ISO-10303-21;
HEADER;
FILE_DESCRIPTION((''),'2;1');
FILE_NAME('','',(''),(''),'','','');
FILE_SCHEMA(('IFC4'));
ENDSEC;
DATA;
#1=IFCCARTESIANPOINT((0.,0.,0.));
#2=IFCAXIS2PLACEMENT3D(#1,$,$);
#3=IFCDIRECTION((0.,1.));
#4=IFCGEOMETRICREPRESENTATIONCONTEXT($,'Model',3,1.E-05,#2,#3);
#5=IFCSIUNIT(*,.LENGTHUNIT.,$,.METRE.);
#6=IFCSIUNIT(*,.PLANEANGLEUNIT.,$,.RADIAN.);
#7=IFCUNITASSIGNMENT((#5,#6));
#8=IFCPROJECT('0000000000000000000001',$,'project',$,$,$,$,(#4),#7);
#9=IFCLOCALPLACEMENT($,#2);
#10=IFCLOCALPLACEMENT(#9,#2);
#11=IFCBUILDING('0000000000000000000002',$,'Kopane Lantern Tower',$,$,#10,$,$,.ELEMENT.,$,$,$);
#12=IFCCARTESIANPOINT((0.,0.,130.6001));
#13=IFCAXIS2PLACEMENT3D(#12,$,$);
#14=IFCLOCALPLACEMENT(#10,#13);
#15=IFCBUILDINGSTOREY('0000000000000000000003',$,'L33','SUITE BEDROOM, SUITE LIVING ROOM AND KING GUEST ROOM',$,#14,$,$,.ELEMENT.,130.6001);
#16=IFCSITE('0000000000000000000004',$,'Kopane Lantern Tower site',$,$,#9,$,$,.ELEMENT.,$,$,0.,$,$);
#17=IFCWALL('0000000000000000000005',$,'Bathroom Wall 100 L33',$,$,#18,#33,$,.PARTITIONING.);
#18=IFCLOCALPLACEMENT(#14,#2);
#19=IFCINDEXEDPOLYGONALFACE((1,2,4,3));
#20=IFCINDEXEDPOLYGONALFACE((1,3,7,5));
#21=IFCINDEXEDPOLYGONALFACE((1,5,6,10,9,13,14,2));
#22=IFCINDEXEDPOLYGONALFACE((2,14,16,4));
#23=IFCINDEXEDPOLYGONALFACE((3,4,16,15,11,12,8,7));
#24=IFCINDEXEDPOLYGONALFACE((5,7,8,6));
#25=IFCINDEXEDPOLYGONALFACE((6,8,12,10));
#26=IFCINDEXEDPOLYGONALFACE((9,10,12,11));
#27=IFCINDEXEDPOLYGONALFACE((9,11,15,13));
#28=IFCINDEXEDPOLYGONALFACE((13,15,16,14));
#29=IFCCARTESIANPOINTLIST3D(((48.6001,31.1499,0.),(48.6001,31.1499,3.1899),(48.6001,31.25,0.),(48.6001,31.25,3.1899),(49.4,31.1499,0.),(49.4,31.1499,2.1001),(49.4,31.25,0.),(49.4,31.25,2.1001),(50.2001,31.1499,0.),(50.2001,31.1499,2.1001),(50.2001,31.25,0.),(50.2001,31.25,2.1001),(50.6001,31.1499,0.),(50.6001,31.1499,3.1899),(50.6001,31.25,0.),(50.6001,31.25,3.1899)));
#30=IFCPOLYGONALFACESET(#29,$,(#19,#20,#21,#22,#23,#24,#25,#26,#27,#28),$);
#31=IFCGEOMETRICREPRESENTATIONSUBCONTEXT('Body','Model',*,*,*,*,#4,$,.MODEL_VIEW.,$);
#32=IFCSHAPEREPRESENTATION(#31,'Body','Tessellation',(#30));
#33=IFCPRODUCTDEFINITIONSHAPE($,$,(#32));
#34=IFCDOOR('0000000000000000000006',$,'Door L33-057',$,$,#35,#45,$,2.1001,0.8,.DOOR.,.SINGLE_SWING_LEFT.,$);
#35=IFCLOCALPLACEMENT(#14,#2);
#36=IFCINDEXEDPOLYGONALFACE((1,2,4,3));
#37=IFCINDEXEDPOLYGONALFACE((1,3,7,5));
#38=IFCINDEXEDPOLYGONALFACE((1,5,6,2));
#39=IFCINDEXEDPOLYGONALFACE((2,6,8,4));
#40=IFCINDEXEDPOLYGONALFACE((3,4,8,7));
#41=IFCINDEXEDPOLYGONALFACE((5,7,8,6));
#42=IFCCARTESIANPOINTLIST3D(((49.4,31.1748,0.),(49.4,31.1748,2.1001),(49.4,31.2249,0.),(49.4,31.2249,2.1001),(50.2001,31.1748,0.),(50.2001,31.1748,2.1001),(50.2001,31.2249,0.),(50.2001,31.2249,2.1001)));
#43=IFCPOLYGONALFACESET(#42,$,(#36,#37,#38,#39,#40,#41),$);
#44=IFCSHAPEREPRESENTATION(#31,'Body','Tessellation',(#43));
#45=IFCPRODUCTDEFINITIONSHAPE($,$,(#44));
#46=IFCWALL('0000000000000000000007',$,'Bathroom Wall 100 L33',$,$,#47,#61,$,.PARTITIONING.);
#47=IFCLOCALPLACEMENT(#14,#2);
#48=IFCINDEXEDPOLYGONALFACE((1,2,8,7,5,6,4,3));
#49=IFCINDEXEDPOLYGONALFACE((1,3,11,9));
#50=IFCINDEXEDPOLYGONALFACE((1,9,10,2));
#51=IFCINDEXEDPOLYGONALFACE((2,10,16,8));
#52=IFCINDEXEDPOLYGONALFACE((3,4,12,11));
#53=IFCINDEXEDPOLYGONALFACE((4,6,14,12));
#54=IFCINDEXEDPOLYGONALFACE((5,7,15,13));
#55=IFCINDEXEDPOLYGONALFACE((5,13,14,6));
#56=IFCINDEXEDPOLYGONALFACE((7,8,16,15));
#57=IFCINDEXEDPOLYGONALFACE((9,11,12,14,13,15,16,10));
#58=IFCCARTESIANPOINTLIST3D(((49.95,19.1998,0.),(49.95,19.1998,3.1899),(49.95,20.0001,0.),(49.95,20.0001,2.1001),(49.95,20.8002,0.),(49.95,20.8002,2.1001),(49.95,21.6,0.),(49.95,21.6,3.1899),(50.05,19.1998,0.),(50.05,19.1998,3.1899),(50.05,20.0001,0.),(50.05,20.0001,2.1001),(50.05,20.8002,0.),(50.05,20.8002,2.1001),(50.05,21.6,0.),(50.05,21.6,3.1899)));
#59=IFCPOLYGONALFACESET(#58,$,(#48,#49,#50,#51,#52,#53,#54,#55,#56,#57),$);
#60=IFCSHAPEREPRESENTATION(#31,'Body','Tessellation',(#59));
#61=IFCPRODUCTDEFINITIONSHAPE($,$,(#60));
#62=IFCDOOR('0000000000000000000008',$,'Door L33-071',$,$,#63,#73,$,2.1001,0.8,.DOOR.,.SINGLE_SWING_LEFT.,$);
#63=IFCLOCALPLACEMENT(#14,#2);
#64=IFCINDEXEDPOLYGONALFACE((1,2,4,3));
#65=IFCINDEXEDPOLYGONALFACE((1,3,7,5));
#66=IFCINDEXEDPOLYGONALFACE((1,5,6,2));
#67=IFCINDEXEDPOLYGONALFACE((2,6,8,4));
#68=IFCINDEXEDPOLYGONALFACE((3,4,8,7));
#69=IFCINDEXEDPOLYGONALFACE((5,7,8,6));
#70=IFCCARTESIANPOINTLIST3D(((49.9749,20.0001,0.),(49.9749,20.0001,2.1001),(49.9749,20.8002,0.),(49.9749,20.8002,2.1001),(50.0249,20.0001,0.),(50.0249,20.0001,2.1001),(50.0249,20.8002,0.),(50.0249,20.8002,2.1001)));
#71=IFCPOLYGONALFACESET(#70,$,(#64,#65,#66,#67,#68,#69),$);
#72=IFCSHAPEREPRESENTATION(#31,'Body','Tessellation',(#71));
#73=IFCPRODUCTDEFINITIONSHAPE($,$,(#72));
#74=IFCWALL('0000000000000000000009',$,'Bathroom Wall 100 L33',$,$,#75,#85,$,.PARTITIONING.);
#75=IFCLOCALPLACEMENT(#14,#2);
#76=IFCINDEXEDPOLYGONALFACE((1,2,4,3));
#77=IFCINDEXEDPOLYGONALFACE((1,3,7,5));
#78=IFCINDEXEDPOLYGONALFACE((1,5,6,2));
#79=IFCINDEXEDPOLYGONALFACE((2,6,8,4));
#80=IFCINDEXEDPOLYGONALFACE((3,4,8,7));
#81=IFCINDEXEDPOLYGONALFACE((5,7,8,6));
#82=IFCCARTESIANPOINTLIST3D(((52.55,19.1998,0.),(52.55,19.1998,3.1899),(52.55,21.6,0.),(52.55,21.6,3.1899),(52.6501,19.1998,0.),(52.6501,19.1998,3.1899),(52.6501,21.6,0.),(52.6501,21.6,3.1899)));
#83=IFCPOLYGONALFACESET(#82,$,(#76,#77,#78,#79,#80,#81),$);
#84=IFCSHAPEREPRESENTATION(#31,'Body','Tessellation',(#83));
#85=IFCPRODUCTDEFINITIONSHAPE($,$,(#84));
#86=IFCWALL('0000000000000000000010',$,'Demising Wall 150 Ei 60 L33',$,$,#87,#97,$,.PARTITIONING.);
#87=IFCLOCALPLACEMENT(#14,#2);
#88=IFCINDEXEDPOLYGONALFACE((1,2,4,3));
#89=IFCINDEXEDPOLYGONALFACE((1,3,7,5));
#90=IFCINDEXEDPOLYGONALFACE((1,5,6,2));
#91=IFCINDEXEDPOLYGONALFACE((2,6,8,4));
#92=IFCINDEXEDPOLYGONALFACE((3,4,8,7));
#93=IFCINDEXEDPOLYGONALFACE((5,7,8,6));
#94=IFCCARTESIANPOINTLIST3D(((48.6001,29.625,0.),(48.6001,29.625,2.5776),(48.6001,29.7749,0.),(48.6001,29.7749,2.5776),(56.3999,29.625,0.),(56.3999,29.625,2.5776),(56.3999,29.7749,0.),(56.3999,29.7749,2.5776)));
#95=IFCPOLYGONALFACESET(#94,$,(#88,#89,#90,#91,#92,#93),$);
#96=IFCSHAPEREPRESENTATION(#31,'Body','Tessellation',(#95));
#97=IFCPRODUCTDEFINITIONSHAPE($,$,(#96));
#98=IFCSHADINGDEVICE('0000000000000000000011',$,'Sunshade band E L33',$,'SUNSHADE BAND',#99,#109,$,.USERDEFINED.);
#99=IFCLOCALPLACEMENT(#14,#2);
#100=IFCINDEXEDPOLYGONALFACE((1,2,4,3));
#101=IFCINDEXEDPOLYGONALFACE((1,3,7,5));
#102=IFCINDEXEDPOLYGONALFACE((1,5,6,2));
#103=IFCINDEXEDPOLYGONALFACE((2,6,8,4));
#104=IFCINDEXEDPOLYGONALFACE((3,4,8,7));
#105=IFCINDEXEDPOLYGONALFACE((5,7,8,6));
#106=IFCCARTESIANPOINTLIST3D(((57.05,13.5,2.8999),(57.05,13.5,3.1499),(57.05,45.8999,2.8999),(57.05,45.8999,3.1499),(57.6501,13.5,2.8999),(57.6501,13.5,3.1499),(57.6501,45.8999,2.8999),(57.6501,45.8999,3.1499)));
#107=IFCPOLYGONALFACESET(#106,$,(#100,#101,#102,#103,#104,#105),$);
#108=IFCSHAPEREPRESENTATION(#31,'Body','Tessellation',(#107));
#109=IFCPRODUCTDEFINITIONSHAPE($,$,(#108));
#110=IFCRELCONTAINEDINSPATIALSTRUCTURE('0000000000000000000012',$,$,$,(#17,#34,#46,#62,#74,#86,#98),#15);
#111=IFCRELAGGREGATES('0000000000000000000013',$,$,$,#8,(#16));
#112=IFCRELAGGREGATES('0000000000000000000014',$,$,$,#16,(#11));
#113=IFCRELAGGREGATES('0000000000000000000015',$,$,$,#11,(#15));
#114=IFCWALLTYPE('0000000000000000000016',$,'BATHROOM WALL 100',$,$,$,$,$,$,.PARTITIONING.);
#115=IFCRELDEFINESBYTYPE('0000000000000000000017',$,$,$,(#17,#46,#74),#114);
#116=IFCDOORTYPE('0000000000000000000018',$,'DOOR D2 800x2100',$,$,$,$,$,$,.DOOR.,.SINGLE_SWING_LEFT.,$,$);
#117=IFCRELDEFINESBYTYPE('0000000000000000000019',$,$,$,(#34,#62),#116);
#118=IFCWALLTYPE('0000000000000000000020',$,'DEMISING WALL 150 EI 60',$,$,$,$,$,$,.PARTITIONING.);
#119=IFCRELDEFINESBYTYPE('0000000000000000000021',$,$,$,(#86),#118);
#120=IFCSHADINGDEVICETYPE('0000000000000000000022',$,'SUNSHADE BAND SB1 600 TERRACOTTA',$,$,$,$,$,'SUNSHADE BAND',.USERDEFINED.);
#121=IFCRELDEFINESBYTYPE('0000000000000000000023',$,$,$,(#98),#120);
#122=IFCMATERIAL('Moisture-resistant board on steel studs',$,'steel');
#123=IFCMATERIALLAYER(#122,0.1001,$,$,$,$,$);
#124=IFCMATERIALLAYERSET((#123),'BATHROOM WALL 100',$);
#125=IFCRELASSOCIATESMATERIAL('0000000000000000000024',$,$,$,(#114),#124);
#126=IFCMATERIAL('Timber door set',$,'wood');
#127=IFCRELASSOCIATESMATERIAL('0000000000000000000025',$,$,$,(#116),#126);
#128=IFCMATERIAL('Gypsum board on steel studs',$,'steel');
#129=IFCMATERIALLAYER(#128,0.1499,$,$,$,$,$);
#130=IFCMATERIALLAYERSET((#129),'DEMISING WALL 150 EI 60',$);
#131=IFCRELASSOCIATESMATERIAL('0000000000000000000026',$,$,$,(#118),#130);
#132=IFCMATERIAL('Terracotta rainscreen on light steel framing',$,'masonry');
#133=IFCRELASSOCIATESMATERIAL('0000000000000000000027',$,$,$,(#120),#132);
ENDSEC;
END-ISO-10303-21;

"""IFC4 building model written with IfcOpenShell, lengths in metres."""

from ifc_helpers import new_model, si_unit, direction, frame, frame_2d, origin, origin_2d, place, context, subcontext, project, spatial, rectangle, extrude, material, layer, layer_set, type_object, element, fill, save


model = new_model("IFC4")

# Units and contexts
model_context = context("Model", 3, precision=1e-05, world=origin(), true_north=direction((0.0, 1.0)))
body_context = subcontext(model_context, "Body", "Model", "MODEL_VIEW")
ifc_project = project(units=[si_unit("LENGTHUNIT", "METRE"), si_unit("PLANEANGLEUNIT", "RADIAN")], contexts=[model_context])

# Site, building, storey
site_placement = place(None, origin())
site = spatial("IfcSite", under=ifc_project, at=site_placement, Name="Kopane Lantern Tower site", CompositionType="ELEMENT", RefElevation=0.0)
building_placement = place(site_placement, origin())
building = spatial("IfcBuilding", under=site, at=building_placement, Name="Kopane Lantern Tower", CompositionType="ELEMENT")
storey_placement = place(building_placement, frame((0.0, 0.0, 130.6001)))
storey = spatial("IfcBuildingStorey", under=building, at=storey_placement, Name="L33", Description="SUITE BEDROOM, SUITE LIVING ROOM AND KING GUEST ROOM", CompositionType="ELEMENT", Elevation=130.6001)

# Shared definitions
ifc_material_1 = material(Name="Moisture-resistant board on steel studs", Category="steel")
ifc_layer_1 = layer(ifc_material_1, 0.1001)
ifc_layer_set_1 = layer_set([ifc_layer_1], Name="BATHROOM WALL 100")
wall_type_1 = type_object("IfcWallType", Name="BATHROOM WALL 100", PredefinedType="PARTITIONING", material=ifc_layer_set_1)

# Walls, openings, doors
wall_1_placement = place(storey_placement, frame((48.6001, 31.2, 0.0), z_axis=(0.0, 0.0, 1.0), x_axis=(1.0, 0.0, 0.0)))
wall_1 = element("IfcWall", 1, at=wall_1_placement, inside=storey, type_object=wall_type_1, Name="Bathroom Wall 100 L33", PredefinedType="PARTITIONING", context=body_context, shape_type="SweptSolid", body=[
    extrude(rectangle(XDim=2.0, YDim=0.1001, at=frame_2d((1.0, 0.0))), origin(), (0.0, 0.0, 1.0), 3.1899),
])
opening_1_placement = place(wall_1_placement, frame((0.8, 0.0, 0.0)))
opening_1 = element("IfcOpeningElement", 2, at=opening_1_placement, cuts=wall_1, PredefinedType="OPENING", context=body_context, shape_type="SweptSolid", body=[
    extrude(rectangle(XDim=0.8, YDim=2.1001, at=frame_2d((0.3999, 1.05))), frame((0.0, 0.0601, 0.0), z_axis=(0.0, -1.0, 0.0), x_axis=(1.0, 0.0, 0.0)), (0.0, 0.0, 1.0), 0.1201),
])
ifc_material_2 = material(Name="Timber door set", Category="wood")
door_type = type_object("IfcDoorType", Name="DOOR D2 800x2100", OperationType="SINGLE_SWING_LEFT", PredefinedType="DOOR", material=ifc_material_2)
door_1_placement = place(opening_1_placement, origin())
door_1 = element("IfcDoor", 3, at=door_1_placement, inside=storey, type_object=door_type, Name="Door L33-057", OperationType="SINGLE_SWING_LEFT", OverallHeight=2.1001, OverallWidth=0.8, PredefinedType="DOOR", context=body_context, shape_type="SweptSolid", body=[
    extrude(rectangle(XDim=0.8, YDim=2.1001, at=frame_2d((0.3999, 1.05))), frame((0.0, 0.0249, 0.0), z_axis=(0.0, -1.0, 0.0), x_axis=(1.0, 0.0, 0.0)), (0.0, 0.0, 1.0), 0.05),
])
fill(opening_1, door_1)
wall_2_placement = place(storey_placement, frame((50.0, 21.6001, 0.0), z_axis=(0.0, 0.0, 1.0), x_axis=(0.0, -1.0, 0.0)))
wall_2 = element("IfcWall", 4, at=wall_2_placement, inside=storey, type_object=wall_type_1, Name="Bathroom Wall 100 L33", PredefinedType="PARTITIONING", context=body_context, shape_type="SweptSolid", body=[
    extrude(rectangle(XDim=2.4001, YDim=0.1001, at=frame_2d((1.2002, 0.0))), origin(), (0.0, 0.0, 1.0), 3.1899),
])
opening_2_placement = place(wall_2_placement, frame((0.8, 0.0, 0.0)))
opening_2 = element("IfcOpeningElement", 5, at=opening_2_placement, cuts=wall_2, PredefinedType="OPENING", context=body_context, shape_type="SweptSolid", body=[
    extrude(rectangle(XDim=0.8, YDim=2.1001, at=frame_2d((0.3999, 1.05))), frame((0.0, 0.0601, 0.0), z_axis=(0.0, -1.0, 0.0), x_axis=(1.0, 0.0, 0.0)), (0.0, 0.0, 1.0), 0.1201),
])
door_2_placement = place(opening_2_placement, origin())
door_2 = element("IfcDoor", 6, at=door_2_placement, inside=storey, type_object=door_type, Name="Door L33-071", OperationType="SINGLE_SWING_LEFT", OverallHeight=2.1001, OverallWidth=0.8, PredefinedType="DOOR", context=body_context, shape_type="SweptSolid", body=[
    extrude(rectangle(XDim=0.8, YDim=2.1001, at=frame_2d((0.3999, 1.05))), frame((0.0, 0.0249, 0.0), z_axis=(0.0, -1.0, 0.0), x_axis=(1.0, 0.0, 0.0)), (0.0, 0.0, 1.0), 0.05),
])
fill(opening_2, door_2)

# Walls
wall_3_placement = place(storey_placement, frame((52.6001, 21.6001, 0.0), z_axis=(0.0, 0.0, 1.0), x_axis=(0.0, -1.0, 0.0)))
element("IfcWall", 7, at=wall_3_placement, inside=storey, type_object=wall_type_1, Name="Bathroom Wall 100 L33", PredefinedType="PARTITIONING", context=body_context, shape_type="SweptSolid", body=[
    extrude(rectangle(XDim=2.4001, YDim=0.1001, at=frame_2d((1.2002, 0.0))), origin(), (0.0, 0.0, 1.0), 3.1899),
])
ifc_material_3 = material(Name="Gypsum board on steel studs", Category="steel")
ifc_layer_2 = layer(ifc_material_3, 0.1499)
ifc_layer_set_2 = layer_set([ifc_layer_2], Name="DEMISING WALL 150 EI 60")
wall_type_2 = type_object("IfcWallType", Name="DEMISING WALL 150 EI 60", PredefinedType="PARTITIONING", material=ifc_layer_set_2)
wall_4_placement = place(storey_placement, frame((48.6001, 29.7, 0.0), z_axis=(0.0, 0.0, 1.0), x_axis=(1.0, 0.0, 0.0)))
element("IfcWall", 8, at=wall_4_placement, inside=storey, type_object=wall_type_2, Name="Demising Wall 150 Ei 60 L33", PredefinedType="PARTITIONING", context=body_context, shape_type="SweptSolid", body=[
    extrude(rectangle(XDim=7.7998, YDim=0.1499, at=frame_2d((3.8999, 0.0))), origin(), (0.0, 0.0, 1.0), 2.5776),
])

# Shading device
ifc_material_4 = material(Name="Terracotta rainscreen on light steel framing", Category="masonry")
shading_device_type = type_object("IfcShadingDeviceType", Name="SUNSHADE BAND SB1 600 TERRACOTTA", ElementType="SUNSHADE BAND", PredefinedType="USERDEFINED", material=ifc_material_4)
shading_device_placement = place(storey_placement, frame((57.3501, 29.7, 2.8999), z_axis=(0.0, 0.0, 1.0), x_axis=(0.0, 1.0, 0.0)))
element("IfcShadingDevice", 9, at=shading_device_placement, inside=storey, type_object=shading_device_type, Name="Sunshade band E L33", ObjectType="SUNSHADE BAND", PredefinedType="USERDEFINED", context=body_context, shape_type="SweptSolid", body=[
    extrude(rectangle(XDim=32.3999, YDim=0.6001, at=origin_2d()), origin(), (0.0, 0.0, 1.0), 0.25),
])

save(model, "model.ifc")
